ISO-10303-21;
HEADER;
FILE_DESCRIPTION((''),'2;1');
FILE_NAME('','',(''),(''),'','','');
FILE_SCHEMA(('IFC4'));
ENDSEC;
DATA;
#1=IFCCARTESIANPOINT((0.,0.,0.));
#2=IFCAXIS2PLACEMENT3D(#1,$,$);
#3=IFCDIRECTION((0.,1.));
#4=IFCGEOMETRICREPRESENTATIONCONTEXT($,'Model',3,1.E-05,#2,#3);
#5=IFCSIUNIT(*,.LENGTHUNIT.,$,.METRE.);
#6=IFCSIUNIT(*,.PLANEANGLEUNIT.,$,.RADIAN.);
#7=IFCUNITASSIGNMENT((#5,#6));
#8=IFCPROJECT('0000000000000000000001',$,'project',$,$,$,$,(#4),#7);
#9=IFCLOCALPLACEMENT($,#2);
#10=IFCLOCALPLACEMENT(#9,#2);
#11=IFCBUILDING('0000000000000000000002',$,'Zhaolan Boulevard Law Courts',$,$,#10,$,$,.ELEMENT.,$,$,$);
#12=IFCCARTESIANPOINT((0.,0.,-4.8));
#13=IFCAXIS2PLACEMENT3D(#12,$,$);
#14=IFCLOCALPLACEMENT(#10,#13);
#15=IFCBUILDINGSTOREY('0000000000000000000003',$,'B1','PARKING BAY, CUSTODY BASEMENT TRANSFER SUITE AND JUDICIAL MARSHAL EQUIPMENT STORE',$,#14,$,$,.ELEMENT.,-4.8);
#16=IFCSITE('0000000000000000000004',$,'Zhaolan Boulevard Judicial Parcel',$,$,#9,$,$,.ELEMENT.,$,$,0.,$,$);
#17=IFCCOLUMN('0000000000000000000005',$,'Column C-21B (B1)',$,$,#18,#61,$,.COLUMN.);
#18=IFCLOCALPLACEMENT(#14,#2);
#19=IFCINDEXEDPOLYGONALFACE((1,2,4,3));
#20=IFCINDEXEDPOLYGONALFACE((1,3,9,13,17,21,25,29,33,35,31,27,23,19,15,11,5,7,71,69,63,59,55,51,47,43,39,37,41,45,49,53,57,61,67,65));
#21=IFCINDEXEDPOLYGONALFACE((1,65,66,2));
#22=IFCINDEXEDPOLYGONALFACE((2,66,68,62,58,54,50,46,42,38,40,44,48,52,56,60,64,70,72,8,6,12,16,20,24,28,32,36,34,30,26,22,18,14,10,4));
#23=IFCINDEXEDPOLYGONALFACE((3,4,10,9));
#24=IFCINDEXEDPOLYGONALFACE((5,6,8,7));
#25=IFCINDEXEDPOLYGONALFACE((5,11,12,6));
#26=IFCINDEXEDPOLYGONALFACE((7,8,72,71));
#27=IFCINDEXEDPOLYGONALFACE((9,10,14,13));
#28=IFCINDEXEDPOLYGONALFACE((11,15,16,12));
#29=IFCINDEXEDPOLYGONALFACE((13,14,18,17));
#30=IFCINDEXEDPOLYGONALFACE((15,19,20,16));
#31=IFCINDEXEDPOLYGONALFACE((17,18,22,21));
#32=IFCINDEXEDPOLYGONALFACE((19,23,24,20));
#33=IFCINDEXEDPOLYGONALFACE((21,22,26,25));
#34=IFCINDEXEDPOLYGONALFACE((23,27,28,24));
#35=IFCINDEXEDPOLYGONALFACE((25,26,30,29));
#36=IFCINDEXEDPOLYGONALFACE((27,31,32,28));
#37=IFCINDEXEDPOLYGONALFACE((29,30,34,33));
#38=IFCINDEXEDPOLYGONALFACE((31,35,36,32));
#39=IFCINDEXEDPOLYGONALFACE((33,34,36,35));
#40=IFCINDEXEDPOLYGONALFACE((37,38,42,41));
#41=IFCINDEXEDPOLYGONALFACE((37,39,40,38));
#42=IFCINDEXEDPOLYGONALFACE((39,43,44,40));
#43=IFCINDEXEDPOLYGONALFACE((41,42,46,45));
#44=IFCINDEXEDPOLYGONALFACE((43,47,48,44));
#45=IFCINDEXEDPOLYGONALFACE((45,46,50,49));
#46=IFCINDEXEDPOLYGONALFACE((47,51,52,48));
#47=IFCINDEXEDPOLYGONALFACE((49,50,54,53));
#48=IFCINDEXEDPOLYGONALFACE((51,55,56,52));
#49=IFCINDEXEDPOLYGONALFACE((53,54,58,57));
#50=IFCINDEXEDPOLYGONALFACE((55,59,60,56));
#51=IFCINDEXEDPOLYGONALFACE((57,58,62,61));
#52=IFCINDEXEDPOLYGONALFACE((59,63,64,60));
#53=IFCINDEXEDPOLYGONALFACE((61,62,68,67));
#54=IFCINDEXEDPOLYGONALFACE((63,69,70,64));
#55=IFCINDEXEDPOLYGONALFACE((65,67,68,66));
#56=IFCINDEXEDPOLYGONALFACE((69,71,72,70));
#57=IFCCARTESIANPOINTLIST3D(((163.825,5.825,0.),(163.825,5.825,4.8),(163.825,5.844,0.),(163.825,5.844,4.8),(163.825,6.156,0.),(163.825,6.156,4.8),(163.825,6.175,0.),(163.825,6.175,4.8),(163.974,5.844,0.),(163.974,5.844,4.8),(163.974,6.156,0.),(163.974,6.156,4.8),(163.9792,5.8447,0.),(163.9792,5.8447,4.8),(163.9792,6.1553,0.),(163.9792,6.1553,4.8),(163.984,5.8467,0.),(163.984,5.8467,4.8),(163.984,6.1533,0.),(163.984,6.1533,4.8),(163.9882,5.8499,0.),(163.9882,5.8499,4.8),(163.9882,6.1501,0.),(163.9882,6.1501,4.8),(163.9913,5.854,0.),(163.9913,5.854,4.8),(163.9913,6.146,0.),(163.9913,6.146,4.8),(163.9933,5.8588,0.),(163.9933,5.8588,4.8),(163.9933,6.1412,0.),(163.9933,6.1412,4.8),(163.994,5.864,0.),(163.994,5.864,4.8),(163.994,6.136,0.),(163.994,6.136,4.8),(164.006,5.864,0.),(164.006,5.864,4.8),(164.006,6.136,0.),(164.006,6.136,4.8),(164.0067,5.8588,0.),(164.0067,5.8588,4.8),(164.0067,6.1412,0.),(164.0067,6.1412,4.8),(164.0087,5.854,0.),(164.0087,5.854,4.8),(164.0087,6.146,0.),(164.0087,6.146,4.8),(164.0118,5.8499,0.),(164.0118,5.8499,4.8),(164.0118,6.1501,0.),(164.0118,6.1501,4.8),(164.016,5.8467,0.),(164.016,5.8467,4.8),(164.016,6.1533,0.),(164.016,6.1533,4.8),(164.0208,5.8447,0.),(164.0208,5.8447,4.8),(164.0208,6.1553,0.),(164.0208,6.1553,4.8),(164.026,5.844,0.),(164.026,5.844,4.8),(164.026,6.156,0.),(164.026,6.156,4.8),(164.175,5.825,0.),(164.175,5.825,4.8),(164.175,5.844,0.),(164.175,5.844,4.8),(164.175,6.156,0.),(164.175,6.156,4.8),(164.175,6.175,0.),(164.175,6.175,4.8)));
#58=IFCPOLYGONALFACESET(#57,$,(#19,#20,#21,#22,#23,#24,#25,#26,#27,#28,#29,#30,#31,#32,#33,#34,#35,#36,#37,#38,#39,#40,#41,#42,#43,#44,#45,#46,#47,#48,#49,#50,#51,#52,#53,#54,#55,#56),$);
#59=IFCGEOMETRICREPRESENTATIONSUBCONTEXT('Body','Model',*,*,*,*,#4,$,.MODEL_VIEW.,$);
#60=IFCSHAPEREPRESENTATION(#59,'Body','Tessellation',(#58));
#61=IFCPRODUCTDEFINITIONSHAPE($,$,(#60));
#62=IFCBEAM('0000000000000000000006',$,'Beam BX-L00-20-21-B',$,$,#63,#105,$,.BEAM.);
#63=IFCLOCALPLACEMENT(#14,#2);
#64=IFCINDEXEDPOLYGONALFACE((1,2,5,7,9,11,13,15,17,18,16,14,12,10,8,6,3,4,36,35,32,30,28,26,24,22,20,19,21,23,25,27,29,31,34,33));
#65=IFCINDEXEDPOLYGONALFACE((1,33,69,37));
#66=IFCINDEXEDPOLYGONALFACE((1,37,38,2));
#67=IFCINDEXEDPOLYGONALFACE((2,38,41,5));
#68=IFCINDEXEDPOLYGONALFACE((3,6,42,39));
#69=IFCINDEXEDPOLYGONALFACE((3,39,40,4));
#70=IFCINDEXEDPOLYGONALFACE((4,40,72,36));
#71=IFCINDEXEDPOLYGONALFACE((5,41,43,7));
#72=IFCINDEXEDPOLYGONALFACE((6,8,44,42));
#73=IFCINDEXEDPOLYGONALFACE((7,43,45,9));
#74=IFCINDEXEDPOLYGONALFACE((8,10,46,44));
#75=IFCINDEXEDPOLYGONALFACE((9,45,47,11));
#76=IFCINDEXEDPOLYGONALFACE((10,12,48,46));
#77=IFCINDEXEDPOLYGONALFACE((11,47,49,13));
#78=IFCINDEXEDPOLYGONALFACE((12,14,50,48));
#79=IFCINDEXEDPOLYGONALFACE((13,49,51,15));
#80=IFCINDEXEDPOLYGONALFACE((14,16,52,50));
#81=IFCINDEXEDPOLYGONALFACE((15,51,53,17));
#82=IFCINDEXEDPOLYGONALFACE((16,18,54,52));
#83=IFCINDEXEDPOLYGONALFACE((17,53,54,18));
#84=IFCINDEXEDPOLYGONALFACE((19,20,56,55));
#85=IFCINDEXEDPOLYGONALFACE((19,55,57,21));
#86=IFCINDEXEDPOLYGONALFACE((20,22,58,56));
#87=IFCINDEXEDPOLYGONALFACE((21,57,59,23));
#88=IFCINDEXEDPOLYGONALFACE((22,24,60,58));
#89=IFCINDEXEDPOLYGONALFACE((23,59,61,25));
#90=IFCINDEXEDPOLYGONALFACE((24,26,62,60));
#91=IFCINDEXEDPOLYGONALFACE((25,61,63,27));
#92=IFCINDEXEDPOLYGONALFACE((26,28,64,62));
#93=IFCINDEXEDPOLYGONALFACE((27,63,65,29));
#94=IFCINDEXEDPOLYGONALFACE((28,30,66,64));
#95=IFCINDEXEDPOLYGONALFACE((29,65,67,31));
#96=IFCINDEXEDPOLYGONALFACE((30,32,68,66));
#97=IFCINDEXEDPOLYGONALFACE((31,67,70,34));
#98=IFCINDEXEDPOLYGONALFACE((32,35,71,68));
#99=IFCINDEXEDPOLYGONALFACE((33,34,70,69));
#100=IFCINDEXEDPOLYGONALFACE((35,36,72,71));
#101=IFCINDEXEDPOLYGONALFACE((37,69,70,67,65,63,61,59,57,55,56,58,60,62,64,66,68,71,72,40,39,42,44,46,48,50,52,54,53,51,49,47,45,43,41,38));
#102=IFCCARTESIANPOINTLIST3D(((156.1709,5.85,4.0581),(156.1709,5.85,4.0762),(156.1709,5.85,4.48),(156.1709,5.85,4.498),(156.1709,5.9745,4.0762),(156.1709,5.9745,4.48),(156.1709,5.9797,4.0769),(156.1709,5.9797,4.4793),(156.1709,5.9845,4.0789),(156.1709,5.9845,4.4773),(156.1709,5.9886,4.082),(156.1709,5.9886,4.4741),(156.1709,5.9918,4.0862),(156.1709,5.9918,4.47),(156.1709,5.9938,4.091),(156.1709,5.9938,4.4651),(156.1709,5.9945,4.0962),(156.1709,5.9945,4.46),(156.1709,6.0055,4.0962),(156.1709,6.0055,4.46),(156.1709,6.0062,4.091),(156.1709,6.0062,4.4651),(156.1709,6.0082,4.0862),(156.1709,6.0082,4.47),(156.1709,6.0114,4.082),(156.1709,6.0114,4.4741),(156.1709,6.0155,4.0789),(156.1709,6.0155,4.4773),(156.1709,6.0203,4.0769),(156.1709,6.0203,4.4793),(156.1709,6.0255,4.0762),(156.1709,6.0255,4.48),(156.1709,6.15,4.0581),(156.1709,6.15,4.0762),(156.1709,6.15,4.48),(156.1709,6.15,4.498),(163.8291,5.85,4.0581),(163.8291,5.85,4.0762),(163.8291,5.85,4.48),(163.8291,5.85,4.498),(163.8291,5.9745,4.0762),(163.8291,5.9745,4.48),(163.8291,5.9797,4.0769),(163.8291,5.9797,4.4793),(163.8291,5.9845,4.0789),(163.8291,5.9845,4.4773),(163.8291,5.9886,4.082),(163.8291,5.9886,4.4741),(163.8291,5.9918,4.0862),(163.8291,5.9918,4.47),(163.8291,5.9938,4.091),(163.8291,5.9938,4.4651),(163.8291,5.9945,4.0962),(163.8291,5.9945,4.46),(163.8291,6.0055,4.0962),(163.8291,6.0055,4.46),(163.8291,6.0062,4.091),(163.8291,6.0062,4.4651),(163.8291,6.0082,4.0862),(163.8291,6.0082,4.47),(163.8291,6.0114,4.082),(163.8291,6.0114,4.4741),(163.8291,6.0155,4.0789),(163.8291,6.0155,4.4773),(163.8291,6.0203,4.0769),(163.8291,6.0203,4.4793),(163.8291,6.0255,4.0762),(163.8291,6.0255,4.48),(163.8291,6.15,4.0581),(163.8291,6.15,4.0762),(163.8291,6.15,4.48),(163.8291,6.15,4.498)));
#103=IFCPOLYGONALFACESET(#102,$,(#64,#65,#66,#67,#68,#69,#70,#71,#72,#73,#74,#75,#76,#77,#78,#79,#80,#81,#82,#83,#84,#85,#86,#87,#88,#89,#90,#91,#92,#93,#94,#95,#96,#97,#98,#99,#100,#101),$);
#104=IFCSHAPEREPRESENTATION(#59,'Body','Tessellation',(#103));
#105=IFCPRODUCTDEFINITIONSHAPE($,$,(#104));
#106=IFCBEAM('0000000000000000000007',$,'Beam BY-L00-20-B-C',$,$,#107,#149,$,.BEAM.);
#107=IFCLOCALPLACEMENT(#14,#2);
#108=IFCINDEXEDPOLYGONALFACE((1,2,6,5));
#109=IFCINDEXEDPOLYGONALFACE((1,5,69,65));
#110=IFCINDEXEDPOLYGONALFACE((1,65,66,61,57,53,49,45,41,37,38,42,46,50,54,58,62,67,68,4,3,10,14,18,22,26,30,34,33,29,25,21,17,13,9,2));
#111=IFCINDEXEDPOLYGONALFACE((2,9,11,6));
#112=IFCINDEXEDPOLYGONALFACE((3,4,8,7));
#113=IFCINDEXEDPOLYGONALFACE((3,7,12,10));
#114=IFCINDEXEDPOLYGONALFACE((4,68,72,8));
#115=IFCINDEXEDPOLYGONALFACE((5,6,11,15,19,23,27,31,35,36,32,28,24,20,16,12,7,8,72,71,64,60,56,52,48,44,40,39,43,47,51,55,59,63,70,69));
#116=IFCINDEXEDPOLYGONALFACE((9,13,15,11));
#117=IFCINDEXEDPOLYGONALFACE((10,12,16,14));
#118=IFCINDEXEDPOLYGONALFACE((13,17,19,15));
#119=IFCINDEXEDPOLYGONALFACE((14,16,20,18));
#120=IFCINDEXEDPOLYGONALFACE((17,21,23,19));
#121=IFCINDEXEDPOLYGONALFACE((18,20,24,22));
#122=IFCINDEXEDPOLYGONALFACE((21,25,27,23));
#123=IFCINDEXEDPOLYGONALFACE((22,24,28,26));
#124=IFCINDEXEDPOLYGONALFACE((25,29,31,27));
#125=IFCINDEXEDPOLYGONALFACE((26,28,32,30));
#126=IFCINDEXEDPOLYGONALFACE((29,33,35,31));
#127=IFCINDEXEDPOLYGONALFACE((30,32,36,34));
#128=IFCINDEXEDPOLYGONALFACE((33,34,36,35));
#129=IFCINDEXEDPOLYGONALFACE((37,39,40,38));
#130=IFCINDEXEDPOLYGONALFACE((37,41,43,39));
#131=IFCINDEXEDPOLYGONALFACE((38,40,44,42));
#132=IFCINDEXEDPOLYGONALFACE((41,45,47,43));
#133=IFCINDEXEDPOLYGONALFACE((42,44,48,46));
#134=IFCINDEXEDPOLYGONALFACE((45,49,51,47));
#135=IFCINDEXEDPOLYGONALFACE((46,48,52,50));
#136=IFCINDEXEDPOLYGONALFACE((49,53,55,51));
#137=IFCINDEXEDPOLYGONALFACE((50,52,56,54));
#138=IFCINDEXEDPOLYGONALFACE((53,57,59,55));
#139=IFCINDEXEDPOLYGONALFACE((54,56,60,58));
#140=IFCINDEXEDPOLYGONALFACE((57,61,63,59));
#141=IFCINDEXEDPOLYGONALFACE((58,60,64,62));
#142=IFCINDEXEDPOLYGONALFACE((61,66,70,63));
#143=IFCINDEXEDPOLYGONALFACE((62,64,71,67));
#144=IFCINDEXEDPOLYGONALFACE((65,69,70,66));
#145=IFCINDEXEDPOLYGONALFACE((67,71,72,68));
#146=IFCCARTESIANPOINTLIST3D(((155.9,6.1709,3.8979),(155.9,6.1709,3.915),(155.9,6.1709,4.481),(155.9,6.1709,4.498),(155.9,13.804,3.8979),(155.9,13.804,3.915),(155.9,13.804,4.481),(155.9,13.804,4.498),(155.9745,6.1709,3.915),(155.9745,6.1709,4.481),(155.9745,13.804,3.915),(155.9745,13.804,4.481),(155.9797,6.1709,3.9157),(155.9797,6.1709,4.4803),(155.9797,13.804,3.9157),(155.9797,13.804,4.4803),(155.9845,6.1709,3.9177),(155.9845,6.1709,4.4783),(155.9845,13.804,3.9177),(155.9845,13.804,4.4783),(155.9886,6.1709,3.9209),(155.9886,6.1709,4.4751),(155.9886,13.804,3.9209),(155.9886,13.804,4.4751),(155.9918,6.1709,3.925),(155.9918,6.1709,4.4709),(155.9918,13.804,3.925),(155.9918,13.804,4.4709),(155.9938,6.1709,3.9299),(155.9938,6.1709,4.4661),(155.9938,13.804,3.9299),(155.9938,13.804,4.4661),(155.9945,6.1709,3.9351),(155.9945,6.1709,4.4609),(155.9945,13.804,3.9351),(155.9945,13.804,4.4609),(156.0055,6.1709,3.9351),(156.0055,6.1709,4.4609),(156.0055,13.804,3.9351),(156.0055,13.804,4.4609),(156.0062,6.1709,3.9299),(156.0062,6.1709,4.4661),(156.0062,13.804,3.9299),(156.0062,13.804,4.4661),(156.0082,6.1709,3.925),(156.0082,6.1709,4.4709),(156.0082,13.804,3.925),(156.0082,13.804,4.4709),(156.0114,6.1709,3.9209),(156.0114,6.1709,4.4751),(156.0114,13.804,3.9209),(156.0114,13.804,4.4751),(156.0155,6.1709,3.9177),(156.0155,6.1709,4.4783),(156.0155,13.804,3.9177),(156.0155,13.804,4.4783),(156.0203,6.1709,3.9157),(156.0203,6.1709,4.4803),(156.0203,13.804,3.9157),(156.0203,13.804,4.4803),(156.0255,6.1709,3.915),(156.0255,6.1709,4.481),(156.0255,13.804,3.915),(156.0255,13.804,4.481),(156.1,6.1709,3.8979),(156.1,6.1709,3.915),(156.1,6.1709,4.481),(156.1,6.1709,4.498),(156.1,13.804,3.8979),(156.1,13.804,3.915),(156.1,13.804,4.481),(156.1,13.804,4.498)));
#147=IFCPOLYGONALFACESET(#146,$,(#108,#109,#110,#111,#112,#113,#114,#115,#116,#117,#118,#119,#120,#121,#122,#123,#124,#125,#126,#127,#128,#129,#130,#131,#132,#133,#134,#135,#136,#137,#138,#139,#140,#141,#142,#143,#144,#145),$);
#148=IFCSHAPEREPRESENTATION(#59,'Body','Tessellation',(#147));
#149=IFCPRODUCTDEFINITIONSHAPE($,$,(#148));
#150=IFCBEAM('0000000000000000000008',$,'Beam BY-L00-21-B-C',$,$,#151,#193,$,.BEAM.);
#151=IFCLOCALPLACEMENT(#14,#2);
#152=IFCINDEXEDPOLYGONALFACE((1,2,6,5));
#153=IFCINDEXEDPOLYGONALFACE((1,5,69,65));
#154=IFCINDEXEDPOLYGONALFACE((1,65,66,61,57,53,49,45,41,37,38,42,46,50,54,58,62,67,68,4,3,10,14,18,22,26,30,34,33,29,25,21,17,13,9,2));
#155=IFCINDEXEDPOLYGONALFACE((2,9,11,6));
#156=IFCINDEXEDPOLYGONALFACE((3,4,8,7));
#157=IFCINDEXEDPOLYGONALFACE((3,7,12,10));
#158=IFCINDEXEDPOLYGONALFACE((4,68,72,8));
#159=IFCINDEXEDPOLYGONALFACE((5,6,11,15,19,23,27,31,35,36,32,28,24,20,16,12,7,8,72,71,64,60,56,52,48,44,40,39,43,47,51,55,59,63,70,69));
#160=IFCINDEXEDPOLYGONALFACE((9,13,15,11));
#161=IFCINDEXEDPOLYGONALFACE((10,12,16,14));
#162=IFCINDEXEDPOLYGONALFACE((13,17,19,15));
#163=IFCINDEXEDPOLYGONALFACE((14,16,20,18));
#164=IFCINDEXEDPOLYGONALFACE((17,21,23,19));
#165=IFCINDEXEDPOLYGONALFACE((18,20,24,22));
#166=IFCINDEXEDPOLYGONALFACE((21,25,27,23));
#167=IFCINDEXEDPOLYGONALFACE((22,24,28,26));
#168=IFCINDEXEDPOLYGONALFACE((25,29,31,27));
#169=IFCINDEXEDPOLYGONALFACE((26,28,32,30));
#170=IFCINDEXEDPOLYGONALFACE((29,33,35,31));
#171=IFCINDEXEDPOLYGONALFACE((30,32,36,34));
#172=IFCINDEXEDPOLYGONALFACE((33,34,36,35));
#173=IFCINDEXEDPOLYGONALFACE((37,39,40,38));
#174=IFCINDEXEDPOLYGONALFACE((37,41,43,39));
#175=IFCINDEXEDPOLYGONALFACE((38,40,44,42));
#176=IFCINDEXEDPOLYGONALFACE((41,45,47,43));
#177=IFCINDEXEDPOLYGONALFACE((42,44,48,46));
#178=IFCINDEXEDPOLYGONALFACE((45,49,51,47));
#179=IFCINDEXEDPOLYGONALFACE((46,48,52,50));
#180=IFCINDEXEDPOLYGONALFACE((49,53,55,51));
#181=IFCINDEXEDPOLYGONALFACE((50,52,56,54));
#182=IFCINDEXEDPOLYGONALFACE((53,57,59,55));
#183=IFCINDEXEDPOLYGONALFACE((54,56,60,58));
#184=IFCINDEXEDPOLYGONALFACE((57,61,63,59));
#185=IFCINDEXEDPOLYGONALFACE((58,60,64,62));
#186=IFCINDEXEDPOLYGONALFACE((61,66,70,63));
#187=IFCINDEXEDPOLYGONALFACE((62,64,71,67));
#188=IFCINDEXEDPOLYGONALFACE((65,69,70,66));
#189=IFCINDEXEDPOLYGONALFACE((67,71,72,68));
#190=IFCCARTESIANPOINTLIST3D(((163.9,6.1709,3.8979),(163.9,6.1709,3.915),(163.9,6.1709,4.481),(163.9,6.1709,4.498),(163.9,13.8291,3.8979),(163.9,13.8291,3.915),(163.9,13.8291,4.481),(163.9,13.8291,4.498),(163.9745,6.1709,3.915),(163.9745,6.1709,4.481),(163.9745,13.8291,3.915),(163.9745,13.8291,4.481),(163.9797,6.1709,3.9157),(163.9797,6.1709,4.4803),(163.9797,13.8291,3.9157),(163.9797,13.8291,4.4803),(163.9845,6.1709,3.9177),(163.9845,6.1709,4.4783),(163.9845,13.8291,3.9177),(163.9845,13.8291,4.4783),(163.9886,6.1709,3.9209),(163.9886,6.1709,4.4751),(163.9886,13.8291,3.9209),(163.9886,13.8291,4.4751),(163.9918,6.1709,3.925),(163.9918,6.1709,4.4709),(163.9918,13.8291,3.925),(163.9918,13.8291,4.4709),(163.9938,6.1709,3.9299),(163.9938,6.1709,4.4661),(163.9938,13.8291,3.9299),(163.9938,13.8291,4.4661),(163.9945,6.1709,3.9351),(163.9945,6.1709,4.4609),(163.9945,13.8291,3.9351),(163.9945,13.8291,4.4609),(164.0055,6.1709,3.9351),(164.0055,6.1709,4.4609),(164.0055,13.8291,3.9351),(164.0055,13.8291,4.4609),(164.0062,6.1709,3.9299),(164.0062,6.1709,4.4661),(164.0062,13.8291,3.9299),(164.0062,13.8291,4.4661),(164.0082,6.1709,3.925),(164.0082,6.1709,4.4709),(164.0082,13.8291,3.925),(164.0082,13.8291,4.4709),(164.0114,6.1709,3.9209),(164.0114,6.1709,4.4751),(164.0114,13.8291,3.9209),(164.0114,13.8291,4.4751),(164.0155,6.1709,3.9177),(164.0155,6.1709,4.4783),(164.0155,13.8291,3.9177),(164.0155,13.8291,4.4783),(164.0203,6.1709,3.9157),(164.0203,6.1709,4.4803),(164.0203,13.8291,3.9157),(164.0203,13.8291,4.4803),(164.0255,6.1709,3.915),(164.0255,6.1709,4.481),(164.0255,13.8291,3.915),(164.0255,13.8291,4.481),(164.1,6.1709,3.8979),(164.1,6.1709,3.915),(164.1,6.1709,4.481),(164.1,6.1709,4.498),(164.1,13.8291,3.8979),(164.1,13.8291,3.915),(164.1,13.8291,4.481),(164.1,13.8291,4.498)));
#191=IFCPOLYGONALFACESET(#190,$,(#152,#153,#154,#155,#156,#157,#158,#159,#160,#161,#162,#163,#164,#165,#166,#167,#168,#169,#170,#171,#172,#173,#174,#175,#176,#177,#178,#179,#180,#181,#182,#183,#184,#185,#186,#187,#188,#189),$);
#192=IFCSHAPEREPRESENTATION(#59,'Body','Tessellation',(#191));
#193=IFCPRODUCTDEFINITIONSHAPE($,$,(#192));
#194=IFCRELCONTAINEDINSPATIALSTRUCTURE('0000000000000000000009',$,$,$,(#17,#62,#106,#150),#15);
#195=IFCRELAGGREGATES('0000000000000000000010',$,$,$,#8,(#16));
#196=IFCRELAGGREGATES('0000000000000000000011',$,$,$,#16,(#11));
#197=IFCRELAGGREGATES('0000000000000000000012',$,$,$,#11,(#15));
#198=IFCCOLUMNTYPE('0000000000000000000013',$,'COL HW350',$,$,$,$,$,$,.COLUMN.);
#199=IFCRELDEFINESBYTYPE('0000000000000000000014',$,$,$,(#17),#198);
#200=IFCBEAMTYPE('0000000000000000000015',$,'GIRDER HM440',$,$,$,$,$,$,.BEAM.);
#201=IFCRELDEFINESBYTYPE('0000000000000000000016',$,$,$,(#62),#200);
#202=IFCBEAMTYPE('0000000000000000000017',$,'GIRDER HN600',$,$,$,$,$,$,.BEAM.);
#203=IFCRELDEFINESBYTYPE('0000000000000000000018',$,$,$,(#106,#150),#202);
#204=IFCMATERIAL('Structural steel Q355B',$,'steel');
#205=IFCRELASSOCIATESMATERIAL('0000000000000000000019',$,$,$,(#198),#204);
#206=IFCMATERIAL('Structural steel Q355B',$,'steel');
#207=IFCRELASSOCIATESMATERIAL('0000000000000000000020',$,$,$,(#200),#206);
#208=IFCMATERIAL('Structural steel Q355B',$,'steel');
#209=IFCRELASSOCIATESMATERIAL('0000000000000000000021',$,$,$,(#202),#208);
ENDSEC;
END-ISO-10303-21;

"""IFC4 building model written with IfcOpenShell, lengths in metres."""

from ifc_helpers import new_model, si_unit, direction, frame, origin, origin_2d, place, context, subcontext, project, spatial, i_section, extrude, material, material_profile, profile_set, type_object, element, save


model = new_model("IFC4")

# Units and contexts
model_context = context("Model", 3, precision=1e-05, world=origin(), true_north=direction((0.0, 1.0)))
body_context = subcontext(model_context, "Body", "Model", "MODEL_VIEW")
ifc_project = project(units=[si_unit("LENGTHUNIT", "METRE"), si_unit("PLANEANGLEUNIT", "RADIAN")], contexts=[model_context])

# Site, building, storey
site_placement = place(None, origin())
site = spatial("IfcSite", under=ifc_project, at=site_placement, Name="Zhaolan Boulevard Judicial Parcel", CompositionType="ELEMENT", RefElevation=0.0)
building_placement = place(site_placement, origin())
building = spatial("IfcBuilding", under=site, at=building_placement, Name="Zhaolan Boulevard Law Courts", CompositionType="ELEMENT")
storey_placement = place(building_placement, frame((0.0, 0.0, -4.8)))
storey = spatial("IfcBuildingStorey", under=building, at=storey_placement, Name="B1", Description="PARKING BAY, CUSTODY BASEMENT TRANSFER SUITE AND JUDICIAL MARSHAL EQUIPMENT STORE", CompositionType="ELEMENT", Elevation=-4.8)

# Column
ifc_material_1 = material(Name="Structural steel Q355B", Category="steel")
ifc_material_profile_1 = material_profile(ifc_material_1, i_section(OverallWidth=0.3501, OverallDepth=0.3501, WebThickness=0.012, FlangeThickness=0.019, FilletRadius=0.02, at=origin_2d()), Name="HW350x350")
ifc_profile_set_1 = profile_set([ifc_material_profile_1], Name="Structural steel Q355B")
column_type = type_object("IfcColumnType", Name="COL HW350", PredefinedType="COLUMN", material=ifc_profile_set_1)
for number, where, z_axis, x_axis, name in (
    (1, (164.0, 6.0, 0.0), (0.0, 0.0, 1.0), (1.0, 0.0, 0.0), "Column C-21B (B1)"),
):
    element("IfcColumn", number, at=place(storey_placement, frame(where, z_axis=z_axis, x_axis=x_axis)), inside=storey, type_object=column_type, Name=name, PredefinedType="COLUMN", context=body_context, shape_type="SweptSolid", body=[
        extrude(i_section(OverallWidth=0.3501, OverallDepth=0.3501, WebThickness=0.012, FlangeThickness=0.019, FilletRadius=0.02, at=origin_2d()), origin(), (0.0, 0.0, 1.0), 4.8),
    ])

# Beams
ifc_material_2 = material(Name="Structural steel Q355B", Category="steel")
ifc_material_profile_2 = material_profile(ifc_material_2, i_section(OverallWidth=0.3, OverallDepth=0.4399, WebThickness=0.011, FlangeThickness=0.0181, FilletRadius=0.02, at=origin_2d()), Name="HM440x300")
ifc_profile_set_2 = profile_set([ifc_material_profile_2], Name="Structural steel Q355B")
beam_type_1 = type_object("IfcBeamType", Name="GIRDER HM440", PredefinedType="BEAM", material=ifc_profile_set_2)
beam_1_placement = place(storey_placement, frame((156.1709, 6.0, 4.2781), z_axis=(1.0, 0.0, 0.0), x_axis=(0.0, 1.0, 0.0)))
element("IfcBeam", 2, at=beam_1_placement, inside=storey, type_object=beam_type_1, Name="Beam BX-L00-20-21-B", PredefinedType="BEAM", context=body_context, shape_type="SweptSolid", body=[
    extrude(i_section(OverallWidth=0.3, OverallDepth=0.4399, WebThickness=0.011, FlangeThickness=0.0181, FilletRadius=0.02, at=origin_2d()), origin(), (0.0, 0.0, 1.0), 7.6582),
])
ifc_material_3 = material(Name="Structural steel Q355B", Category="steel")
ifc_material_profile_3 = material_profile(ifc_material_3, i_section(OverallWidth=0.2, OverallDepth=0.6001, WebThickness=0.011, FlangeThickness=0.0171, FilletRadius=0.02, at=origin_2d()), Name="HN600x200")
ifc_profile_set_3 = profile_set([ifc_material_profile_3], Name="Structural steel Q355B")
beam_type_2 = type_object("IfcBeamType", Name="GIRDER HN600", PredefinedType="BEAM", material=ifc_profile_set_3)
beam_2_placement = place(storey_placement, frame((156.0, 6.1709, 4.198), z_axis=(0.0, 1.0, 0.0), x_axis=(-1.0, 0.0, 0.0)))
element("IfcBeam", 3, at=beam_2_placement, inside=storey, type_object=beam_type_2, Name="Beam BY-L00-20-B-C", PredefinedType="BEAM", context=body_context, shape_type="SweptSolid", body=[
    extrude(i_section(OverallWidth=0.2, OverallDepth=0.6001, WebThickness=0.011, FlangeThickness=0.0171, FilletRadius=0.02, at=origin_2d()), origin(), (0.0, 0.0, 1.0), 7.6331),
])
beam_3_placement = place(storey_placement, frame((164.0, 6.1709, 4.198), z_axis=(0.0, 1.0, 0.0), x_axis=(-1.0, 0.0, 0.0)))
element("IfcBeam", 4, at=beam_3_placement, inside=storey, type_object=beam_type_2, Name="Beam BY-L00-21-B-C", PredefinedType="BEAM", context=body_context, shape_type="SweptSolid", body=[
    extrude(i_section(OverallWidth=0.2, OverallDepth=0.6001, WebThickness=0.011, FlangeThickness=0.0171, FilletRadius=0.02, at=origin_2d()), origin(), (0.0, 0.0, 1.0), 7.6582),
])

save(model, "model.ifc")
